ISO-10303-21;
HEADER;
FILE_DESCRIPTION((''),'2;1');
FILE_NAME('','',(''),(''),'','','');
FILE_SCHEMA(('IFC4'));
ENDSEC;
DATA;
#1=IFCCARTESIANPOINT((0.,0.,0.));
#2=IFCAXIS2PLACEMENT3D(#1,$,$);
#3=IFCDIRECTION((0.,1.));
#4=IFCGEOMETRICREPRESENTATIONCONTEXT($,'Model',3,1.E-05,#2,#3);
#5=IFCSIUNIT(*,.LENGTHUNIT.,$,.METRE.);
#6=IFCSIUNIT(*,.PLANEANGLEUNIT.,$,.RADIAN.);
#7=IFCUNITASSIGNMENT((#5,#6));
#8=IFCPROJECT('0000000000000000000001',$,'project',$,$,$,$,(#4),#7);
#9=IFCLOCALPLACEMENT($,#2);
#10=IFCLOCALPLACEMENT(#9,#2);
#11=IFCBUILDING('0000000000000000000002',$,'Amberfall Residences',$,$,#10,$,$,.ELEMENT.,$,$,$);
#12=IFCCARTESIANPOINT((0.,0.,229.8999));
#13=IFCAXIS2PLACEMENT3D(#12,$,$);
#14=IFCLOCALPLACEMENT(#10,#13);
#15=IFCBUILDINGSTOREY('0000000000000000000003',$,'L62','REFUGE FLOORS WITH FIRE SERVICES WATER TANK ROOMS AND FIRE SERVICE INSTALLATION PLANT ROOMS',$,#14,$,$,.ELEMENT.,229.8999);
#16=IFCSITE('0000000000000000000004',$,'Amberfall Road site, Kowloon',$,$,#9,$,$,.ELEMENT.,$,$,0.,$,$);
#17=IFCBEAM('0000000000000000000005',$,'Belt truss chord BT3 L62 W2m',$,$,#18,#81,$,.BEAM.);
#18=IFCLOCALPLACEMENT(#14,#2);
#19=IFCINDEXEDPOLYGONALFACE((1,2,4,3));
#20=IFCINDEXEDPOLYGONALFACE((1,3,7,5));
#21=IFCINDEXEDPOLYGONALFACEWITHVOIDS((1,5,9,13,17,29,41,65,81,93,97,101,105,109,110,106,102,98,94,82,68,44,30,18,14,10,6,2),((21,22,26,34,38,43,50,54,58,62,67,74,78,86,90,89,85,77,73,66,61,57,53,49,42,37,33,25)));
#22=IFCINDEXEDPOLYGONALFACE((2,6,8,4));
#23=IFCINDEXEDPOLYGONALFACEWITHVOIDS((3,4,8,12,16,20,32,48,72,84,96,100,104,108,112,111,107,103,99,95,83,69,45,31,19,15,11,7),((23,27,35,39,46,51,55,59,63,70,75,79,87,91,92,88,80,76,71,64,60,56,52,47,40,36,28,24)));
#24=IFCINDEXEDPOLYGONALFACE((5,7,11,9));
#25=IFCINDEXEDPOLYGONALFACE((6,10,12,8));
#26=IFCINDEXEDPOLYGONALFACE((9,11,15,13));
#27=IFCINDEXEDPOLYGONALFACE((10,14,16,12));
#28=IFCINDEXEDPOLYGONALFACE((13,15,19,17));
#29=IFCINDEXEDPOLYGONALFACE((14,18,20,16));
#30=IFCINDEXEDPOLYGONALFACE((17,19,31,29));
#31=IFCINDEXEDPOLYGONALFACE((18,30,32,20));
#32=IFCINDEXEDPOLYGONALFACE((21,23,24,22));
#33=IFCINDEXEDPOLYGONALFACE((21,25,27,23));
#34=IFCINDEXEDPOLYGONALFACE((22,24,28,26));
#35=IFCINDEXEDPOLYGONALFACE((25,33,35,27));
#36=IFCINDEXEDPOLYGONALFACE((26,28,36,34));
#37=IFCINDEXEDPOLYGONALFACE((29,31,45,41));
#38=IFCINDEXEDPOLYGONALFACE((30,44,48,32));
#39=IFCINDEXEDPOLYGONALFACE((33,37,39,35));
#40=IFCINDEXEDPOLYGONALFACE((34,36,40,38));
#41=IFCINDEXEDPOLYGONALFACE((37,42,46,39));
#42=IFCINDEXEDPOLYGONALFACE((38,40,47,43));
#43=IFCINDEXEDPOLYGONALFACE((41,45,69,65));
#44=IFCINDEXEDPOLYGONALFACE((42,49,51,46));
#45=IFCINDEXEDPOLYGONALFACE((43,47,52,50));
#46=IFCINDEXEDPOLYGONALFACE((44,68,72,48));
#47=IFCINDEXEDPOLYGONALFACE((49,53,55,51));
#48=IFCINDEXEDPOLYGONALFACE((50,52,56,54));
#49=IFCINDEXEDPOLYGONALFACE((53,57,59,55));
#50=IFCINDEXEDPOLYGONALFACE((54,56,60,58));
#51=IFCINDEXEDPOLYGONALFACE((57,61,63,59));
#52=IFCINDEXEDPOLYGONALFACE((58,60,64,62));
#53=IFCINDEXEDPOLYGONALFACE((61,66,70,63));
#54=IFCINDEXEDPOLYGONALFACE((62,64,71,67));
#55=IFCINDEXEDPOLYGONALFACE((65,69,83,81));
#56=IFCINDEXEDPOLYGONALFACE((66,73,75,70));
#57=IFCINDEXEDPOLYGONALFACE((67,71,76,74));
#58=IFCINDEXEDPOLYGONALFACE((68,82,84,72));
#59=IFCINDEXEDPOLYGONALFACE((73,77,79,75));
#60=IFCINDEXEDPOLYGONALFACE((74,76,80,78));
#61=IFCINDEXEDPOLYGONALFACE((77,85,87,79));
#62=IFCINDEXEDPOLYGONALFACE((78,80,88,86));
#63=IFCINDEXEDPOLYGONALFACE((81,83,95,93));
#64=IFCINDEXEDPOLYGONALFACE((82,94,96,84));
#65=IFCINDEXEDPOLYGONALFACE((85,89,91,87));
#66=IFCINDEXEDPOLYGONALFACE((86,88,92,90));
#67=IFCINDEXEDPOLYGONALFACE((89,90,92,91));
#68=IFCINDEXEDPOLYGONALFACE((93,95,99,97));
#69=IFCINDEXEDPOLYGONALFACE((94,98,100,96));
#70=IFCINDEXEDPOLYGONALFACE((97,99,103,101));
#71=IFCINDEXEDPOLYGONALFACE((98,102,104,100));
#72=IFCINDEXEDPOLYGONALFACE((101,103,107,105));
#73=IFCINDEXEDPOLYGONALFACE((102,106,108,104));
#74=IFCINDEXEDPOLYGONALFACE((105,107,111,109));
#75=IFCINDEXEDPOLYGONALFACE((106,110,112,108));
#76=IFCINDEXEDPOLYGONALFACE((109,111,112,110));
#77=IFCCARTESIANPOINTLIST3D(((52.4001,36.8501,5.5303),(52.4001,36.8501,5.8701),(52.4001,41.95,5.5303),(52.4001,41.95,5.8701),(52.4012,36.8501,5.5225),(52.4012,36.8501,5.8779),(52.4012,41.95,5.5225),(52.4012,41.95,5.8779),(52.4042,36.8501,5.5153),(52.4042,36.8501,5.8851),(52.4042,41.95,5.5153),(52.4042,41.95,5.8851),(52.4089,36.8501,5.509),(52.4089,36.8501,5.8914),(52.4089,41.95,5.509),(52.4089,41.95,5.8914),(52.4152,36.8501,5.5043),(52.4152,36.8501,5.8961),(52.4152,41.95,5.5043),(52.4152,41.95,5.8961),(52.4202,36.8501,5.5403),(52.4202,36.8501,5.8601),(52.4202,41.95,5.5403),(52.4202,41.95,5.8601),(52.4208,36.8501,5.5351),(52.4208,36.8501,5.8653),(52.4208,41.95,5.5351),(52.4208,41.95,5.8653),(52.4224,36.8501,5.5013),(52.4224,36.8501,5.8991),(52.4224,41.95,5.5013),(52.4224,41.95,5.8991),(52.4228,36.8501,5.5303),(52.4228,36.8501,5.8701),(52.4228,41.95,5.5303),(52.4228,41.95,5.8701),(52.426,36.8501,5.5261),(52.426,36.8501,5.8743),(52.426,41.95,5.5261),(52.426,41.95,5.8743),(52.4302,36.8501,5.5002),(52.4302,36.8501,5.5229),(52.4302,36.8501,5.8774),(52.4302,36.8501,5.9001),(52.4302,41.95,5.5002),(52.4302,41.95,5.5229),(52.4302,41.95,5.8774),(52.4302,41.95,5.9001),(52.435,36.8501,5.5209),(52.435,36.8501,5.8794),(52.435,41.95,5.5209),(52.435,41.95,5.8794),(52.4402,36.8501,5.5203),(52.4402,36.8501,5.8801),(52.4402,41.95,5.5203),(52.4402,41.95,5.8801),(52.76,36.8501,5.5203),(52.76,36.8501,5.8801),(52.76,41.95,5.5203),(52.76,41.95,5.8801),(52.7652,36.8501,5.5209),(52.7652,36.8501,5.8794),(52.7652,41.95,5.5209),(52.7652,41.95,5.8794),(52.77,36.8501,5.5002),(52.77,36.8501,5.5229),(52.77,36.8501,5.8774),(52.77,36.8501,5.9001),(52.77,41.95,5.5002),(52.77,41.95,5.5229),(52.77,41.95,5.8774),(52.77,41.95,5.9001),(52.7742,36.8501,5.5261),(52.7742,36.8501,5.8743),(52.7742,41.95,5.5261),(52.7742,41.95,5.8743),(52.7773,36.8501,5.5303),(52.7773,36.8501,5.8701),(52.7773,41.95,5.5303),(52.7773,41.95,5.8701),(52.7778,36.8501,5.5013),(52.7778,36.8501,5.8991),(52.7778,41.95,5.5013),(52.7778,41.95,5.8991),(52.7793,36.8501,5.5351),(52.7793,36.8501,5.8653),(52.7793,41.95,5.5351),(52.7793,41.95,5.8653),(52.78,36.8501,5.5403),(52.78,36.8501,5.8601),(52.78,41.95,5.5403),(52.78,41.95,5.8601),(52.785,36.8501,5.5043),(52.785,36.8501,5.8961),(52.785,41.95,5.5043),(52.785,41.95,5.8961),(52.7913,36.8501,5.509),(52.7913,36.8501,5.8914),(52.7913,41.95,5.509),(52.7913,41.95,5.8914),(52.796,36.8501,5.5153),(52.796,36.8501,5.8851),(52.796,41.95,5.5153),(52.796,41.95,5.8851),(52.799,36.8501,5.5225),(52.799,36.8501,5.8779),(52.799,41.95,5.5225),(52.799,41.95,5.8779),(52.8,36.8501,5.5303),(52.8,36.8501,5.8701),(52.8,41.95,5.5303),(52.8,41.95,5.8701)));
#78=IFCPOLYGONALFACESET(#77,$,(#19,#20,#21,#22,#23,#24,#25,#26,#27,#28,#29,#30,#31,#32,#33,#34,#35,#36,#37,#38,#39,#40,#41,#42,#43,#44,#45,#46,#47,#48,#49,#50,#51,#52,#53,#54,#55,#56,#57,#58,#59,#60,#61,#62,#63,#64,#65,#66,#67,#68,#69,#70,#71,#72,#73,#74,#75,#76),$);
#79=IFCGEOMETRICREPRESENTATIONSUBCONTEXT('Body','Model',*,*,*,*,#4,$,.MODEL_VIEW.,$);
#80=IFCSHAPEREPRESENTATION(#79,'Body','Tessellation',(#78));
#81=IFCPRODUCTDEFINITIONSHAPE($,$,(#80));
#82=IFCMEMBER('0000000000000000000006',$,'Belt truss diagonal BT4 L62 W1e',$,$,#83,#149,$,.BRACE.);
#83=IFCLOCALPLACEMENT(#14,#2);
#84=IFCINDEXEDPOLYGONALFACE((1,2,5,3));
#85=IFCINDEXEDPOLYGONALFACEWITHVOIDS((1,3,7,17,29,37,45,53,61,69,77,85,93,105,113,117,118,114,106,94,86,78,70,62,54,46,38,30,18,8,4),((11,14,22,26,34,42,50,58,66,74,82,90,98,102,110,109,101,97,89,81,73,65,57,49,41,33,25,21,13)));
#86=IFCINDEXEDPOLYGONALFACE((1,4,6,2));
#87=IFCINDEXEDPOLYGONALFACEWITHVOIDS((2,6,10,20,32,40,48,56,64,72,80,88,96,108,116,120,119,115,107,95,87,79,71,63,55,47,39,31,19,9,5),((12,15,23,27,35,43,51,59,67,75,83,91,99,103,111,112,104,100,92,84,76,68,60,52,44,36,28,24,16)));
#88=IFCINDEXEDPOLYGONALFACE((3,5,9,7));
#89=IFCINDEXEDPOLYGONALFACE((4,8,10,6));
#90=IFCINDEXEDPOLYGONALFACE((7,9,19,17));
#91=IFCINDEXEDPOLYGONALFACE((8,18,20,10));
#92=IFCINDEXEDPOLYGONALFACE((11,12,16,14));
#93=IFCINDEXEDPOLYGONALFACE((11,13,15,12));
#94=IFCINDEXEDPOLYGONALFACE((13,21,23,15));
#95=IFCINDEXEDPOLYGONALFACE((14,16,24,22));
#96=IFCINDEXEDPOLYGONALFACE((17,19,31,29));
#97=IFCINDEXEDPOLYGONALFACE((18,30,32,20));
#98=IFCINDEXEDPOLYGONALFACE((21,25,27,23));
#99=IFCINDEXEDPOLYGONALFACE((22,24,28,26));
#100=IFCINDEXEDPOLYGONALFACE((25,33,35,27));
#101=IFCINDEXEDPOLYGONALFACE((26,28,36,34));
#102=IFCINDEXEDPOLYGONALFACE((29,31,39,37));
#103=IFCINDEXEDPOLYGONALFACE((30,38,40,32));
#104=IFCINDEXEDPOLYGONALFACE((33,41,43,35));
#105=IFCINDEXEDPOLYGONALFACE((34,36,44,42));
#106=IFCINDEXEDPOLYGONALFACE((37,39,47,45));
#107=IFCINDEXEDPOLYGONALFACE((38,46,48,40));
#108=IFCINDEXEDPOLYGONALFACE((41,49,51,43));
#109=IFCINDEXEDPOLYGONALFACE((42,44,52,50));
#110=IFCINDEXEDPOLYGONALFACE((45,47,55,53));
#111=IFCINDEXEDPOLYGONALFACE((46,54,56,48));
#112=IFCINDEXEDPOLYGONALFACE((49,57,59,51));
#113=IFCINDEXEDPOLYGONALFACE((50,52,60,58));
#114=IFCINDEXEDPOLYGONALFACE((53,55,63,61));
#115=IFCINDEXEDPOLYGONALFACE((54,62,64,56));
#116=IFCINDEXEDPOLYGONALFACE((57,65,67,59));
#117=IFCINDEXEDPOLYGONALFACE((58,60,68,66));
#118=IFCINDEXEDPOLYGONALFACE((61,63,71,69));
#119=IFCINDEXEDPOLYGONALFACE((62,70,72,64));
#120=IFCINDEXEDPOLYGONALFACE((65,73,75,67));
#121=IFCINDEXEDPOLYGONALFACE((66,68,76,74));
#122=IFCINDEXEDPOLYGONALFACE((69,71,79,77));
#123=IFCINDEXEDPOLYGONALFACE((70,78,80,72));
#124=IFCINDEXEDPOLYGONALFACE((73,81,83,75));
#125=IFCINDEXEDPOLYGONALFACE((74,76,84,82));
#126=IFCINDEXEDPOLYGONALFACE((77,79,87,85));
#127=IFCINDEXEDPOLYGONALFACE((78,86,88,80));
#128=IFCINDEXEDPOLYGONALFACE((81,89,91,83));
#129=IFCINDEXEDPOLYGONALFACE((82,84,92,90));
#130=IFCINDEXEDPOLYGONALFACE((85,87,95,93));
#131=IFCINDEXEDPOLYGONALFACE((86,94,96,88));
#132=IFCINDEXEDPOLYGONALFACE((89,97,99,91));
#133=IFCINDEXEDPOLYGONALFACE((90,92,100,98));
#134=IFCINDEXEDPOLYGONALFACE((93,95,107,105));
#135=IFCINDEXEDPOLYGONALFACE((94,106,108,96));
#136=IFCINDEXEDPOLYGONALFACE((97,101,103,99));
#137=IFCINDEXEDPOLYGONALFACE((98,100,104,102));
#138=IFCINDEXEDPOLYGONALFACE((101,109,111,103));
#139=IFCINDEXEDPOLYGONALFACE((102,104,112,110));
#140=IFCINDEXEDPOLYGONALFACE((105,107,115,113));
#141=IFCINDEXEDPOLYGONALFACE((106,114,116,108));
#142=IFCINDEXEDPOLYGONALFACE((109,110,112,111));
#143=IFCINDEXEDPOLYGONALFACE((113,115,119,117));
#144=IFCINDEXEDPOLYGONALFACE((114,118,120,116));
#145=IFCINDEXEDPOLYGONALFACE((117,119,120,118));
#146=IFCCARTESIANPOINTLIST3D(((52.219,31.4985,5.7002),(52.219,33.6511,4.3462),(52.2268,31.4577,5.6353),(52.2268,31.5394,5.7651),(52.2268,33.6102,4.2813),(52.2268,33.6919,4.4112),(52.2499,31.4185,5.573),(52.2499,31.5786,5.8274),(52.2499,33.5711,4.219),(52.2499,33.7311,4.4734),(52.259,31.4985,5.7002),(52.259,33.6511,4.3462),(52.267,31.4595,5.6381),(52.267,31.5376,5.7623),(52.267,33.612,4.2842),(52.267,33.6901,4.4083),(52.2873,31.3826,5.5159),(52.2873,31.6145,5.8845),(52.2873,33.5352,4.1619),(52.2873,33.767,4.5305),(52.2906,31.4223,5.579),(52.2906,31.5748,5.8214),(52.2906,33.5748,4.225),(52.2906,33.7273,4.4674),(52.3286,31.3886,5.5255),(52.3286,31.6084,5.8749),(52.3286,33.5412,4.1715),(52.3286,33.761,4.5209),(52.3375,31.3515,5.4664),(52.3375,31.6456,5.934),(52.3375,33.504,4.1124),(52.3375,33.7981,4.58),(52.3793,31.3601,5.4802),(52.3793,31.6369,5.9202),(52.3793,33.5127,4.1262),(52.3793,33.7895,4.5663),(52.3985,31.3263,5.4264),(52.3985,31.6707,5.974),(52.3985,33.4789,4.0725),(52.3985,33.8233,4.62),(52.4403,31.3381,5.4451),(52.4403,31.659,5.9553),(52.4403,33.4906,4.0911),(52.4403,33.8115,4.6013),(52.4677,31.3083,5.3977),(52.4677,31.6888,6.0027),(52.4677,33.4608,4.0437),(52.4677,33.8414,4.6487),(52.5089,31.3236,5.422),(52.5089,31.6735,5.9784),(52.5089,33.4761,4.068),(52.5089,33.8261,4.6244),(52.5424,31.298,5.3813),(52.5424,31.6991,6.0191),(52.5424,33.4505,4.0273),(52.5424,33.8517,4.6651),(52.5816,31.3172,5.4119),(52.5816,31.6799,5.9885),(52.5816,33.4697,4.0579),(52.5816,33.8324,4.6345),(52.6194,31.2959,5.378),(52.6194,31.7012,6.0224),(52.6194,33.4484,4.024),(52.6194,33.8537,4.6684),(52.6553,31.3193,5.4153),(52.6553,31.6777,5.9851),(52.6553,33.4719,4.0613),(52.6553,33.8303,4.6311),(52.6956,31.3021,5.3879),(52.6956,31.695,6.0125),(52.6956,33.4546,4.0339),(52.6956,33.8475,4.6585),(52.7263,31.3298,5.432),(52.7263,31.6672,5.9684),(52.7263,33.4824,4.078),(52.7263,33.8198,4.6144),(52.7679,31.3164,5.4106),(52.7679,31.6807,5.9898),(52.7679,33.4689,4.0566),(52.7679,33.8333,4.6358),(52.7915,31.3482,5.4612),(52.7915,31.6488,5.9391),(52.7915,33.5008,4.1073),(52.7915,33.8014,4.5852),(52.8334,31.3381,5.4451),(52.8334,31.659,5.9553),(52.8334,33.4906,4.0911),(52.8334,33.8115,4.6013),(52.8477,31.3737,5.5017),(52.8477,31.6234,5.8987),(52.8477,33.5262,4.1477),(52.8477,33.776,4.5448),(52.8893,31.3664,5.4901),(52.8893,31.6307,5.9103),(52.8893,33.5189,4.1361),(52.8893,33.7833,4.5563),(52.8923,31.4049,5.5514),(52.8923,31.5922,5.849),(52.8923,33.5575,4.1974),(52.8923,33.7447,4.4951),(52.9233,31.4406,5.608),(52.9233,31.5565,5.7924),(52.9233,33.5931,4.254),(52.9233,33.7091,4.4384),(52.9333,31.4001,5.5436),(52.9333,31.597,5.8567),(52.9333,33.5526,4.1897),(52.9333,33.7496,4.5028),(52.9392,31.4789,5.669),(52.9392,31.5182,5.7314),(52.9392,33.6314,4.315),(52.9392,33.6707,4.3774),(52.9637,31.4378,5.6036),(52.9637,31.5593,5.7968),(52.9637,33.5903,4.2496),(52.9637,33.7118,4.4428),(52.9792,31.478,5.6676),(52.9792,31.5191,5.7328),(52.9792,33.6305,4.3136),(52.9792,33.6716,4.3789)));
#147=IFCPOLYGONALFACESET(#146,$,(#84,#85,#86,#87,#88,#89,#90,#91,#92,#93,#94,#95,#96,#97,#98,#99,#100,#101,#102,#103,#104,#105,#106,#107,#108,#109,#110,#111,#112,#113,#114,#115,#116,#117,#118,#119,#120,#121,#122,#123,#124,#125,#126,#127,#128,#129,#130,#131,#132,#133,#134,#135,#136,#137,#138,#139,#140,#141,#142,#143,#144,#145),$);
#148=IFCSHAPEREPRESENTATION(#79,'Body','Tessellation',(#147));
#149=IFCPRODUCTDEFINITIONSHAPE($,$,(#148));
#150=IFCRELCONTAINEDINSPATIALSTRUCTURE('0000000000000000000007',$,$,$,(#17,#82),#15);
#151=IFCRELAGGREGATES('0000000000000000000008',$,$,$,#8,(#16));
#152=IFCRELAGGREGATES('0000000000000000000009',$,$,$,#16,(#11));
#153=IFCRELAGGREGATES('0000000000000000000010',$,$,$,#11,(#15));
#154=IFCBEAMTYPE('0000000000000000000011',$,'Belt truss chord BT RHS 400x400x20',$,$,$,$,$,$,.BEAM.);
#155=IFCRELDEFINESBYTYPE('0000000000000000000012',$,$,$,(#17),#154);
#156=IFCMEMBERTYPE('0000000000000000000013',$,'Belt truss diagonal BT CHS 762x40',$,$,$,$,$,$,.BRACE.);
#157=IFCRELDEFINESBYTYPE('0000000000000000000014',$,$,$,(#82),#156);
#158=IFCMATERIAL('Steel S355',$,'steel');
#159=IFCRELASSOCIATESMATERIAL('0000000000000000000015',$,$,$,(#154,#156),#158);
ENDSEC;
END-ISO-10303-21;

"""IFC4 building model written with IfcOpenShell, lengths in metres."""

from ifc_helpers import new_model, si_unit, direction, frame, origin, origin_2d, place, context, subcontext, project, spatial, hollow_rectangle, hollow_circle, extrude, material, material_profile, profile_set, type_object, element, save


model = new_model("IFC4")

# Units and contexts
model_context = context("Model", 3, precision=1e-05, world=origin(), true_north=direction((0.0, 1.0)))
body_context = subcontext(model_context, "Body", "Model", "MODEL_VIEW")
ifc_project = project(units=[si_unit("LENGTHUNIT", "METRE"), si_unit("PLANEANGLEUNIT", "RADIAN")], contexts=[model_context])

# Site, building, storey
site_placement = place(None, origin())
site = spatial("IfcSite", under=ifc_project, at=site_placement, Name="Amberfall Road site, Kowloon", CompositionType="ELEMENT", RefElevation=0.0)
building_placement = place(site_placement, origin())
building = spatial("IfcBuilding", under=site, at=building_placement, Name="Amberfall Residences", CompositionType="ELEMENT")
storey_placement = place(building_placement, frame((0.0, 0.0, 229.8999)))
storey = spatial("IfcBuildingStorey", under=building, at=storey_placement, Name="L62", Description="REFUGE FLOORS WITH FIRE SERVICES WATER TANK ROOMS AND FIRE SERVICE INSTALLATION PLANT ROOMS", CompositionType="ELEMENT", Elevation=229.8999)

# Beam
ifc_material_1 = material(Name="Steel S355", Category="steel")
ifc_material_profile_1 = material_profile(ifc_material_1, hollow_rectangle(XDim=0.3999, YDim=0.3999, WallThickness=0.02, InnerFilletRadius=0.02, OuterFilletRadius=0.03, at=origin_2d()), Name="RHS 400x400x20")
ifc_profile_set_1 = profile_set([ifc_material_profile_1], Name="Steel S355")
beam_type_1 = type_object("IfcBeamType", Name="Belt truss chord BT RHS 400x400x20", PredefinedType="BEAM", material=ifc_profile_set_1)
for number, where, z_axis, x_axis, name in (
    (1, (52.6001, 36.8501, 5.7002), (0.0, 1.0, 0.0), (-1.0, 0.0, 0.0), "Belt truss chord BT3 L62 W2m"),
):
    element("IfcBeam", number, at=place(storey_placement, frame(where, z_axis=z_axis, x_axis=x_axis)), inside=storey, type_object=beam_type_1, Name=name, PredefinedType="BEAM", context=body_context, shape_type="SweptSolid", body=[
        extrude(hollow_rectangle(XDim=0.3999, YDim=0.3999, WallThickness=0.02, InnerFilletRadius=0.02, OuterFilletRadius=0.03, at=origin_2d()), origin(), (0.0, 0.0, 1.0), 5.0999),
    ])

# Member
ifc_material_profile_2 = material_profile(ifc_material_1, hollow_circle(Radius=0.3811, WallThickness=0.04, at=origin_2d()), Name="CHS 762x40")
ifc_profile_set_2 = profile_set([ifc_material_profile_2], Name="Steel S355")
member_type = type_object("IfcMemberType", Name="Belt truss diagonal BT CHS 762x40", PredefinedType="BRACE", material=ifc_profile_set_2)
member_1_placement = place(storey_placement, frame((52.6001, 31.4985, 5.7002), z_axis=(0.0, 0.846468, -0.532439), x_axis=(-1.0, 0.0, 0.0)))
element("IfcMember", 2, at=member_1_placement, inside=storey, type_object=member_type, Name="Belt truss diagonal BT4 L62 W1e", PredefinedType="BRACE", context=body_context, shape_type="SweptSolid", body=[
    extrude(hollow_circle(Radius=0.3811, WallThickness=0.04, at=origin_2d()), origin(), (0.0, 0.0, 1.0), 2.543),
])

save(model, "model.ifc")
